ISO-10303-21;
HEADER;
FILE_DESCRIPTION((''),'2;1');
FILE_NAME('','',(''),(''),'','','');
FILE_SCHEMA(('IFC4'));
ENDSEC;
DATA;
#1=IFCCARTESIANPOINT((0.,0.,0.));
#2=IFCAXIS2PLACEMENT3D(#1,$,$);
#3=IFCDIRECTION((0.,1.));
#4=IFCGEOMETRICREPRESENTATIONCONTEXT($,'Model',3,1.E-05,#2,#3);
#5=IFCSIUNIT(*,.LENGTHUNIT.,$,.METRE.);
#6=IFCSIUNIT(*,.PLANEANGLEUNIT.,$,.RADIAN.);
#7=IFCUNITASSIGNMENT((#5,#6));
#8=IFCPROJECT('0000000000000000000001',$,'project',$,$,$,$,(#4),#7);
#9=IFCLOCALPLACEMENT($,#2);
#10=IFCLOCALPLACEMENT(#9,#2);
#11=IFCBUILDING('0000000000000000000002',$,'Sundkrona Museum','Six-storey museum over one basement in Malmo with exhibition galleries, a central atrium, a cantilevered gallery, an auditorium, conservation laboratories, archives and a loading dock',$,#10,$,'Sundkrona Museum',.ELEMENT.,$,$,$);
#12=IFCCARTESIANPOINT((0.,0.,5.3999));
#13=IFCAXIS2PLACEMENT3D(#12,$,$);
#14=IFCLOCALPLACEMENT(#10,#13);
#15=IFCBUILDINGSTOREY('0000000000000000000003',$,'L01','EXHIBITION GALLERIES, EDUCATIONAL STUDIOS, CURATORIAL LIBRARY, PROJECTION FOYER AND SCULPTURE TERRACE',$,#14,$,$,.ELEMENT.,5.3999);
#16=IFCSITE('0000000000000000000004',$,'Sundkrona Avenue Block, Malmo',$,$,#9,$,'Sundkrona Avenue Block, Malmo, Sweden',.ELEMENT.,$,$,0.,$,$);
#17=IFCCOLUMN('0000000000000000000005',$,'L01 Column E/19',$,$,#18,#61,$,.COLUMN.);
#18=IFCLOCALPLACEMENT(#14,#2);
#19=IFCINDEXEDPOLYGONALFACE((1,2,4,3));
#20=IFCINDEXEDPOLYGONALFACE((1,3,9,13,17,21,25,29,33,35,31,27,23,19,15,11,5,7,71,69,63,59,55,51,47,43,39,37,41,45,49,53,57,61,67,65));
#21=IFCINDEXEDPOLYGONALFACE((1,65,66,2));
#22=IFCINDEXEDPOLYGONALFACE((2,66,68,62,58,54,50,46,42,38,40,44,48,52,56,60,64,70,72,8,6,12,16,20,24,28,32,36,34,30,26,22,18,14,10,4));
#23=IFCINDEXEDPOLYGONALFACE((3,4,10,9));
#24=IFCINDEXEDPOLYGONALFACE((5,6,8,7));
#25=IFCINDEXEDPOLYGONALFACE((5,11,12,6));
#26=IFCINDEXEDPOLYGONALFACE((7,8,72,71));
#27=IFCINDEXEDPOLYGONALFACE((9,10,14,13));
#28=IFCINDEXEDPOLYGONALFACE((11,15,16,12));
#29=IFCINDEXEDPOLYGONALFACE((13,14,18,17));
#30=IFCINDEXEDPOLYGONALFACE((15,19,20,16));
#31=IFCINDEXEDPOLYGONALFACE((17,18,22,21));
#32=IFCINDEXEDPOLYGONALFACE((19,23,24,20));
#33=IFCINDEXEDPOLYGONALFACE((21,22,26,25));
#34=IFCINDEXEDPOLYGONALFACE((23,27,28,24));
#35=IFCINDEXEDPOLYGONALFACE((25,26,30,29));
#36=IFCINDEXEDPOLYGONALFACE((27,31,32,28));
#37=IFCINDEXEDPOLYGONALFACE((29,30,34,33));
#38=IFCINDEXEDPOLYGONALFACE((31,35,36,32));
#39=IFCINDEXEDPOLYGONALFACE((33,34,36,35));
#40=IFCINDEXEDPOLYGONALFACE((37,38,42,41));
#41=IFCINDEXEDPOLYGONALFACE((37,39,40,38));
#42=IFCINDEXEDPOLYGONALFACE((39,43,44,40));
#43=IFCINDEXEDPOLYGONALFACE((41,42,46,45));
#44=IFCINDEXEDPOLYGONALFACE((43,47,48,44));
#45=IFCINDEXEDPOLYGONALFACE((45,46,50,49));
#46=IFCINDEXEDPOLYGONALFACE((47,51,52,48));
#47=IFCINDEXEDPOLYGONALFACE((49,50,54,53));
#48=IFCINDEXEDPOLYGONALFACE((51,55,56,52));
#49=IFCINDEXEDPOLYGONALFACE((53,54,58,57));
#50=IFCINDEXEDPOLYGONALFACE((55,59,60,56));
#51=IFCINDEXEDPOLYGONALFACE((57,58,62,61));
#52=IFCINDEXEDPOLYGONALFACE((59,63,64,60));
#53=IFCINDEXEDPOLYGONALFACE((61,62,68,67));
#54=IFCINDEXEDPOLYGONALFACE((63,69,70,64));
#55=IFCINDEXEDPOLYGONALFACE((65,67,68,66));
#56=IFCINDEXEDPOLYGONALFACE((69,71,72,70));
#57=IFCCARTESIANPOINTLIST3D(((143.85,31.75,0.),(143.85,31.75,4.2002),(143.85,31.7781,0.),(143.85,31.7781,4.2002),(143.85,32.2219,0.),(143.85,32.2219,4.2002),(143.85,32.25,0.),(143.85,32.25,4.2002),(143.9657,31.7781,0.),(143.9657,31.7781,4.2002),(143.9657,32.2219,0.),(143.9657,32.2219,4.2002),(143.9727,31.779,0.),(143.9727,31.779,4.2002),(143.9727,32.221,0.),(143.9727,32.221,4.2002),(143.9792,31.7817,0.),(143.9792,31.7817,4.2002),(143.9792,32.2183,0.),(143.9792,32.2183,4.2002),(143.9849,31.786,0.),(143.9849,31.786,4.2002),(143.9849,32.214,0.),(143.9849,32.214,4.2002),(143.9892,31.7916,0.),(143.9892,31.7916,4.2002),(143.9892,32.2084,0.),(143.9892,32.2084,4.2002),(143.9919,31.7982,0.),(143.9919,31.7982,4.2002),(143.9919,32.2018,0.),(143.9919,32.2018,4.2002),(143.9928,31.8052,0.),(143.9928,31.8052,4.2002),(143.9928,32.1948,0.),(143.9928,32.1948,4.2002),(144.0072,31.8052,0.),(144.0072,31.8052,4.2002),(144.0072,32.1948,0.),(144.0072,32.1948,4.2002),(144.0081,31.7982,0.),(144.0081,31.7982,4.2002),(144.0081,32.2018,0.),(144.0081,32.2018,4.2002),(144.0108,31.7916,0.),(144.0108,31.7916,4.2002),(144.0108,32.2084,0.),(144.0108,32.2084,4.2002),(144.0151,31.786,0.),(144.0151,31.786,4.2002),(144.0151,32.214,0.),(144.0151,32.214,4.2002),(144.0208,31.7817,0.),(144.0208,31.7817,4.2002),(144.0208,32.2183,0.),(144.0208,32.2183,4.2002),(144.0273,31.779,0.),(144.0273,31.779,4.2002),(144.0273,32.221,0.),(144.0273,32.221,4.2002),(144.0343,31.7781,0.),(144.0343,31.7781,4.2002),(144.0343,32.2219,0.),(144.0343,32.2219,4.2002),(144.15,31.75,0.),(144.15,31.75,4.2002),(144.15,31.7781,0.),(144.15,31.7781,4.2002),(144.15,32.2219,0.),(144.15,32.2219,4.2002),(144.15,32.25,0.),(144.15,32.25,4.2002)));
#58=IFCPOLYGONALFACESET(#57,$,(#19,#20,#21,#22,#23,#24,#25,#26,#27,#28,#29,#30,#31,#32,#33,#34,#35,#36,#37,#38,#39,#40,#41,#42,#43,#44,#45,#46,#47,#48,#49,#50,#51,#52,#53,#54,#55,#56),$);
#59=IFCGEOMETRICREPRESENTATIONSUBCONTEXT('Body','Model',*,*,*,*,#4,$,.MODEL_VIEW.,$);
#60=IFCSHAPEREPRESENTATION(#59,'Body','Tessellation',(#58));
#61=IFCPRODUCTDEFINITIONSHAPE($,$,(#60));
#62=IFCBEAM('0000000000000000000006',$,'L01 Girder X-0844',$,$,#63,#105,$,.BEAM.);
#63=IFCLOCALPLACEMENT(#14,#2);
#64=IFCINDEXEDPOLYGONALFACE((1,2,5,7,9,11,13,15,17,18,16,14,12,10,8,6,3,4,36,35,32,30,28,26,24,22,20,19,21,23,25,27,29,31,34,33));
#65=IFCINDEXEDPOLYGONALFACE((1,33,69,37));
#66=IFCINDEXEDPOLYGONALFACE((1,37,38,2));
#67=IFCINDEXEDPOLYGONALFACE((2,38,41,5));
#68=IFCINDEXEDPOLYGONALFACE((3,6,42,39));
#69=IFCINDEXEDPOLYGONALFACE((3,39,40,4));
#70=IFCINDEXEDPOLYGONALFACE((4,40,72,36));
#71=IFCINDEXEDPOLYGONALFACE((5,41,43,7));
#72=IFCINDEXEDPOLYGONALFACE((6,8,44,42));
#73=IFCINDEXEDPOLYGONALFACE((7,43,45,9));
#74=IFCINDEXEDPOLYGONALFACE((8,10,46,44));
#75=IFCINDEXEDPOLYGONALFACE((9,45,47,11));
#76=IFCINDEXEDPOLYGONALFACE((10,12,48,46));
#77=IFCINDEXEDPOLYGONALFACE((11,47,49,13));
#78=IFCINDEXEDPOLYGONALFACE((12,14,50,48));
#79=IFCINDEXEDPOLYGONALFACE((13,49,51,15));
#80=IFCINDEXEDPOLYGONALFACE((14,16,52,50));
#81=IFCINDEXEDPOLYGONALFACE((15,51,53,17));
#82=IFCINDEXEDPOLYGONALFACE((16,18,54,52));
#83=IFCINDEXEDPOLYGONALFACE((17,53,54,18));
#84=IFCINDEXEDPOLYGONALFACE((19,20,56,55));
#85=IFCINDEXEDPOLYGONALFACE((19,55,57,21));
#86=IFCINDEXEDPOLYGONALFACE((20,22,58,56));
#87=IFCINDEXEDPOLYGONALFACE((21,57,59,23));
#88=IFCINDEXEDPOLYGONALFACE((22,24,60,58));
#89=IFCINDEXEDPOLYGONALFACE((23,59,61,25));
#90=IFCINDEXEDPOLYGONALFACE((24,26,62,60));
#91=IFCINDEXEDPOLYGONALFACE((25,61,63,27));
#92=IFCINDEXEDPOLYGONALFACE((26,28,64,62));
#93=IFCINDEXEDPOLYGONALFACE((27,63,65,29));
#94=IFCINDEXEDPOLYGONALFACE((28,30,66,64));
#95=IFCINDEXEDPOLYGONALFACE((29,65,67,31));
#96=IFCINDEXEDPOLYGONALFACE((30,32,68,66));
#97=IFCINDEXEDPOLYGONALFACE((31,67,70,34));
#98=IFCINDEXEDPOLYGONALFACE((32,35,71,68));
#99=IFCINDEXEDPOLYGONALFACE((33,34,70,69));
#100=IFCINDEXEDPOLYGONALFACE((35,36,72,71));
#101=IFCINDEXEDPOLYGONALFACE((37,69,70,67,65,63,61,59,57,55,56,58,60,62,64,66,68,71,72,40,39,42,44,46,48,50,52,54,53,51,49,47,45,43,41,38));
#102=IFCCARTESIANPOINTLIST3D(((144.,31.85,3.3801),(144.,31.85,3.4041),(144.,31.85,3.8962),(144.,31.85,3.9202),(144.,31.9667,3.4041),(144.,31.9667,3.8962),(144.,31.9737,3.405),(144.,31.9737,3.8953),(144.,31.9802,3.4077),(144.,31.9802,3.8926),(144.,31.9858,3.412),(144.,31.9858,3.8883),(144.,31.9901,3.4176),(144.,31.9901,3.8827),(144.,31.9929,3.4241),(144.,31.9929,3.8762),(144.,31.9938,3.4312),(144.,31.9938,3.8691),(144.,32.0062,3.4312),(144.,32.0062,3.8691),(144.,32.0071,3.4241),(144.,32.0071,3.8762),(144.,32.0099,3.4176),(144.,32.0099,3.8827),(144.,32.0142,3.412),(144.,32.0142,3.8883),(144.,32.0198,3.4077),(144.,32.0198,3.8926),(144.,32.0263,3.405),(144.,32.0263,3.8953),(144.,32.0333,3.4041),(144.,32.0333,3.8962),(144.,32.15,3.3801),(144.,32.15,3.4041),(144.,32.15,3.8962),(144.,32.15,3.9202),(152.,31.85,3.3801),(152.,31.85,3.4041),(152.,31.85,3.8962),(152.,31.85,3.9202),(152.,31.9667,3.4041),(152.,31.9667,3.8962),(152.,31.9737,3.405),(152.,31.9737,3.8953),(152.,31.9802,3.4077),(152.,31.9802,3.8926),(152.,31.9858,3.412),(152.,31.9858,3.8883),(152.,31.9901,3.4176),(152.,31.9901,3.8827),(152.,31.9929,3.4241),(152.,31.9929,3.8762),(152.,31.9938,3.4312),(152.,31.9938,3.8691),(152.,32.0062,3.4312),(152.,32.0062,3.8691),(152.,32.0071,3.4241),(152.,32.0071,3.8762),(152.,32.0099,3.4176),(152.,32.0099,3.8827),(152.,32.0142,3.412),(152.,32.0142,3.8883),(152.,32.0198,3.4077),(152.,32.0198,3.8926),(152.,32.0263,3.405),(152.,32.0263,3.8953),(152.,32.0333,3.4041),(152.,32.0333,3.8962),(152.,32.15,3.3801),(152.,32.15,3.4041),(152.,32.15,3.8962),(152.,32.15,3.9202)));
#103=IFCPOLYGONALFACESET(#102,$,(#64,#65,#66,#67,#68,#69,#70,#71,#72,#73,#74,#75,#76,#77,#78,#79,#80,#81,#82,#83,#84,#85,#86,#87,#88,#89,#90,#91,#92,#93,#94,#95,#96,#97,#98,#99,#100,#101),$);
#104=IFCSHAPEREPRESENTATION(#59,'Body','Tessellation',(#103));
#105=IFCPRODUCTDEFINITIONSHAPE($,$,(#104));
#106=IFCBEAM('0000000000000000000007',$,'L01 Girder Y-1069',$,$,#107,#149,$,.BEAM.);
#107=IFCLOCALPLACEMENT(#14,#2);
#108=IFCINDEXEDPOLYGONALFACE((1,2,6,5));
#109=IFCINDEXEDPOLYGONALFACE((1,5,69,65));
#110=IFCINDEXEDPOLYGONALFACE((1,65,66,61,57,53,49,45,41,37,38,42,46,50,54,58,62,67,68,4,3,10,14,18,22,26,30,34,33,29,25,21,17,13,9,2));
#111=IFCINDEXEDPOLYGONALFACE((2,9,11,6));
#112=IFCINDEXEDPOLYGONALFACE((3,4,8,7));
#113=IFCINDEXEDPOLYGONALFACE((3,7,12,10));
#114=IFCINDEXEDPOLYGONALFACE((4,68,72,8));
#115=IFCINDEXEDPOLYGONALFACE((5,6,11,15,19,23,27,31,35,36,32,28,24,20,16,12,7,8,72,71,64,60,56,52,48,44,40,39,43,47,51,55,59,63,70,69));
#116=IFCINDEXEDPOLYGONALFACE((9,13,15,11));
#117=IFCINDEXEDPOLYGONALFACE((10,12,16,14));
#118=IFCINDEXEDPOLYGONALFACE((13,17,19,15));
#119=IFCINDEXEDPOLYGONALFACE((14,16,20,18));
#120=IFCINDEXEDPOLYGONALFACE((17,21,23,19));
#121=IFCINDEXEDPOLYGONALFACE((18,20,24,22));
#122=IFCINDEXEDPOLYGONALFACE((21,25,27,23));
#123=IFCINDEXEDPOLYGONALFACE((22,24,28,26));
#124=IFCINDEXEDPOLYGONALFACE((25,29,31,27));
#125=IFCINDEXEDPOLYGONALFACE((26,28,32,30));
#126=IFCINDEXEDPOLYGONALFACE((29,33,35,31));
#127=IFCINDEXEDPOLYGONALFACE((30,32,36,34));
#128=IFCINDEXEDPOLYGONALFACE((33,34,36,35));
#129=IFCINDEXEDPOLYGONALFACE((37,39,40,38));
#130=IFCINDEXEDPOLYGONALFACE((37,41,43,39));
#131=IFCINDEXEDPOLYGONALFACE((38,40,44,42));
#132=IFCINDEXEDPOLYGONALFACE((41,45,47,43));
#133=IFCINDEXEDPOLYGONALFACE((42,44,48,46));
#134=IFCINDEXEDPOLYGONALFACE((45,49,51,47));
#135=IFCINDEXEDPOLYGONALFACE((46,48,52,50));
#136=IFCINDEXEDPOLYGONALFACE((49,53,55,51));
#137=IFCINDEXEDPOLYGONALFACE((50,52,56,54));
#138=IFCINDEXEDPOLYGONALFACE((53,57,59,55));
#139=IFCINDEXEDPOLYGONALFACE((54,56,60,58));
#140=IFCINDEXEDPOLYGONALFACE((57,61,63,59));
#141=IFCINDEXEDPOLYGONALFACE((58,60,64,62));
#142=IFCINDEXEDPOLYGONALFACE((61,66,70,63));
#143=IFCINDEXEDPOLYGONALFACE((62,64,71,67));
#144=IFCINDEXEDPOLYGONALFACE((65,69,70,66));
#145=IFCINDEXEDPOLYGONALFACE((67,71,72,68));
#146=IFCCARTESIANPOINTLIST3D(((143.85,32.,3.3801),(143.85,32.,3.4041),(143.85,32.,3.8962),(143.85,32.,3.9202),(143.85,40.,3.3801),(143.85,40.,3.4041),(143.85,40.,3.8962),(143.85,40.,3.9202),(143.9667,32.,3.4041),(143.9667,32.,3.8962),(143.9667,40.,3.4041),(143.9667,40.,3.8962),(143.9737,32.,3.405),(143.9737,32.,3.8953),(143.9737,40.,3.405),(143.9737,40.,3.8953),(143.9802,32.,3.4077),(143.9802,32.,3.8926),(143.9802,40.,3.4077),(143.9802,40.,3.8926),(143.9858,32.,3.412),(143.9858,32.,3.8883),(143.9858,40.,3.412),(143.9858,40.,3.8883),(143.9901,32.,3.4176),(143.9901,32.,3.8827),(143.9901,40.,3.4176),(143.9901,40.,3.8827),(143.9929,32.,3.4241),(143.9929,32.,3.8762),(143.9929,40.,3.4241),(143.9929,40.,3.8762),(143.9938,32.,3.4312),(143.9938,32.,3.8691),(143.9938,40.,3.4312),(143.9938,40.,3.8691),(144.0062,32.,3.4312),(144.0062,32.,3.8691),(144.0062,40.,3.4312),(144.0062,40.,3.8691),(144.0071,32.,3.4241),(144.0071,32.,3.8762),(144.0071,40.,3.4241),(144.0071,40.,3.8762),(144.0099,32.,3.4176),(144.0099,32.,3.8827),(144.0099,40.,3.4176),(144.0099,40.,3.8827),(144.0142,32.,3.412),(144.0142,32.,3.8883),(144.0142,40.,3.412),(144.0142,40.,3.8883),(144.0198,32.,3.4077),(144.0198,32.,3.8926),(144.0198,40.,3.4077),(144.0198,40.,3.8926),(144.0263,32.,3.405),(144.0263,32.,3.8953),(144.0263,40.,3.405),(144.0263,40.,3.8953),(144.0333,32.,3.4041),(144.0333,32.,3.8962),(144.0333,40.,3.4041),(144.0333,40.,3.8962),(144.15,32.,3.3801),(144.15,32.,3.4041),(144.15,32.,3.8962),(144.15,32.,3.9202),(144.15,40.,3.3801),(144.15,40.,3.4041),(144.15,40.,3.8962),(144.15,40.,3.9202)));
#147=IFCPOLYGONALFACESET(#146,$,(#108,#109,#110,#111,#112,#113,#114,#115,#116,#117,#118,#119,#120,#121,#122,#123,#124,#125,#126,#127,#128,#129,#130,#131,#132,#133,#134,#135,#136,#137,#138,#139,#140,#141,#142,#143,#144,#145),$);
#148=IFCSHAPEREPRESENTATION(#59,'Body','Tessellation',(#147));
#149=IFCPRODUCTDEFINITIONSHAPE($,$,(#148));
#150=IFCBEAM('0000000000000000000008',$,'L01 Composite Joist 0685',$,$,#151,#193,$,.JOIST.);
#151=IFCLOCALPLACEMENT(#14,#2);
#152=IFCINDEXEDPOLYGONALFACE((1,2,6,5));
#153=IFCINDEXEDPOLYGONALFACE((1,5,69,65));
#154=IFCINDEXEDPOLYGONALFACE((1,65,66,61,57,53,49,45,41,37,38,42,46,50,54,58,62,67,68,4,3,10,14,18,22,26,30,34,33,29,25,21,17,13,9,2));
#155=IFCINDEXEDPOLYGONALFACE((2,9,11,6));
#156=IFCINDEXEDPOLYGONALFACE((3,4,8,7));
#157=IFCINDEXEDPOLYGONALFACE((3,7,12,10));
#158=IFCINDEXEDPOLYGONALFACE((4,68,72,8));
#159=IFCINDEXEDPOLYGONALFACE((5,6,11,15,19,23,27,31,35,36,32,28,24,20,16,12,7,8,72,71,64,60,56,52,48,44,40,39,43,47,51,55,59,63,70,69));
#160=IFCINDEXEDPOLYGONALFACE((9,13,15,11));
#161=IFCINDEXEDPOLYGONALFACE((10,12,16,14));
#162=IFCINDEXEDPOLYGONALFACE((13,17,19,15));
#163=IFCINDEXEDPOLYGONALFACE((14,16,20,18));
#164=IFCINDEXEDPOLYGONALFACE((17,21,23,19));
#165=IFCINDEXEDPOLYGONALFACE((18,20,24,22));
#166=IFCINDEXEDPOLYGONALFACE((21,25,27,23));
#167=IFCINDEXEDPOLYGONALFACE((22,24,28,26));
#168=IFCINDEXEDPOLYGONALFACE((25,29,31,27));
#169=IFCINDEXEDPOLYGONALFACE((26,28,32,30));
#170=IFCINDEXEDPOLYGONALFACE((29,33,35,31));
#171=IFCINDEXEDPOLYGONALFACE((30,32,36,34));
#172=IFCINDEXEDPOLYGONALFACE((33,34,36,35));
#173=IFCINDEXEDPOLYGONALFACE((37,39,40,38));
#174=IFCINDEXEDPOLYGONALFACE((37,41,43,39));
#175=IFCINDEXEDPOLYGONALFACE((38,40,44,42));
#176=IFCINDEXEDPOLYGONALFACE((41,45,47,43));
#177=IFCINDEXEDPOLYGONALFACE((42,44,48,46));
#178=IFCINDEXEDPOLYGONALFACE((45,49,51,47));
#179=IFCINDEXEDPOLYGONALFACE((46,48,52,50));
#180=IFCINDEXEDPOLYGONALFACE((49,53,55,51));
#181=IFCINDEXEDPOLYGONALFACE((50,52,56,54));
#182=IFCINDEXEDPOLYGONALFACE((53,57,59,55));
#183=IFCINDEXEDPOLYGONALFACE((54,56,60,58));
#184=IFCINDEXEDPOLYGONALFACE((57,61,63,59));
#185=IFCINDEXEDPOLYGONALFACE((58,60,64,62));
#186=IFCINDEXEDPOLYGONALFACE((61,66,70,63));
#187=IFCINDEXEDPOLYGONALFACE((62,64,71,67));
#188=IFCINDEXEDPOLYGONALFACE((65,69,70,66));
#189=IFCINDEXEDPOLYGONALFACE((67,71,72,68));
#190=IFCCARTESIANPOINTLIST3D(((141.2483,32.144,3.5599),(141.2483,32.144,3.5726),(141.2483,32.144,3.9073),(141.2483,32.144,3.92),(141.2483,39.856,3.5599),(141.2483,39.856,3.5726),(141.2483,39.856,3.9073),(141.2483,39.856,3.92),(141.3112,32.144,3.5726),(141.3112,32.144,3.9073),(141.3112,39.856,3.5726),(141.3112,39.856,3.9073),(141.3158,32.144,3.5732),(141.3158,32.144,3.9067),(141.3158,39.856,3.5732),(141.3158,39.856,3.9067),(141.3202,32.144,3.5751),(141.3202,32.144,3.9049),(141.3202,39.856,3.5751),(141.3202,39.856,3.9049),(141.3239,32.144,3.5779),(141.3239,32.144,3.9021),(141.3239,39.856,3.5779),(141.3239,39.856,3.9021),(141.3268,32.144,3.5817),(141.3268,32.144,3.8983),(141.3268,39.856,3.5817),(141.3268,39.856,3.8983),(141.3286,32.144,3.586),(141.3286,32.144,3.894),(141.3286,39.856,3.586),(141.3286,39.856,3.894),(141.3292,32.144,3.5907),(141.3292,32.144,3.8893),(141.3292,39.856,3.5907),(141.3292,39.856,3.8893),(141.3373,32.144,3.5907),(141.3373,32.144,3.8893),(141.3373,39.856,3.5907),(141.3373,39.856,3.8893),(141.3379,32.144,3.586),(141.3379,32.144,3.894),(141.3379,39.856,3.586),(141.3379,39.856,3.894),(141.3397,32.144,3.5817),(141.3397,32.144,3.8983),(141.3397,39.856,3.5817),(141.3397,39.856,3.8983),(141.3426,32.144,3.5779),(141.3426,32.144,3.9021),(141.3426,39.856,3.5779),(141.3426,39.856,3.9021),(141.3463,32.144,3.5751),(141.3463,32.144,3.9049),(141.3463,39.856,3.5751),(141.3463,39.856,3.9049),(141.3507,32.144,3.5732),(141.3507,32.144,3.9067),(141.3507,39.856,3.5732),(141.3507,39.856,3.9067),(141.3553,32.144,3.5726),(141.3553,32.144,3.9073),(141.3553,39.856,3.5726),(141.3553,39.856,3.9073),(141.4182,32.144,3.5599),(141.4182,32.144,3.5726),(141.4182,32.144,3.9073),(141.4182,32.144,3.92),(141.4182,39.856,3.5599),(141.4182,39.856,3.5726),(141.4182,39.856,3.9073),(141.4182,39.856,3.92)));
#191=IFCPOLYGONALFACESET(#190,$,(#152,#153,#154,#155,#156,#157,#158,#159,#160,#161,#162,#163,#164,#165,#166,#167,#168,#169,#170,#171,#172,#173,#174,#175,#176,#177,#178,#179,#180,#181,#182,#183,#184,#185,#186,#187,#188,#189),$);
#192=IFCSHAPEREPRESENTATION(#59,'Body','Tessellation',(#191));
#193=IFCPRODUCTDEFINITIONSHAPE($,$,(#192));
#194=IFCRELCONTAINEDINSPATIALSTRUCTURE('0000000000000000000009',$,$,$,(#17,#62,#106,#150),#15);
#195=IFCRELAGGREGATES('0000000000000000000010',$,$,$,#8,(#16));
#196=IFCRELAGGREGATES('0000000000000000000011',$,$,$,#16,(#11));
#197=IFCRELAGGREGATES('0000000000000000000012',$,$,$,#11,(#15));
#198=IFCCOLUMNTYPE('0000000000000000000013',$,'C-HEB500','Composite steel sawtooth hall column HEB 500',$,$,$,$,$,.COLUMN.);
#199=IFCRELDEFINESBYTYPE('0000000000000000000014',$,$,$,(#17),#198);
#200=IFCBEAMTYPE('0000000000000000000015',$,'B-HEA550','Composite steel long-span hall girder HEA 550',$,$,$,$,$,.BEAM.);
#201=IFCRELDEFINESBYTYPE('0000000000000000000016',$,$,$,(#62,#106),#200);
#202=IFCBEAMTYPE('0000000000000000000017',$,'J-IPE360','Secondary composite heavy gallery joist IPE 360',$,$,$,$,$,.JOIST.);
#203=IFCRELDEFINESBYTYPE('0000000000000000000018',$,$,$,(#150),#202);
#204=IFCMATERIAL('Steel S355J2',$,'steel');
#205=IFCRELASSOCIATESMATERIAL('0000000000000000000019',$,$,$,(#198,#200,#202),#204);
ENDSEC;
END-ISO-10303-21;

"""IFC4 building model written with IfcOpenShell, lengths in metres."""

from ifc_helpers import new_model, si_unit, direction, frame, origin, origin_2d, place, context, subcontext, project, spatial, i_section, extrude, material, material_profile, profile_set, type_object, element, save


model = new_model("IFC4")

# Units and contexts
model_context = context("Model", 3, precision=1e-05, world=origin(), true_north=direction((0.0, 1.0)))
body_context = subcontext(model_context, "Body", "Model", "MODEL_VIEW")
ifc_project = project(units=[si_unit("LENGTHUNIT", "METRE"), si_unit("PLANEANGLEUNIT", "RADIAN")], contexts=[model_context])

# Site, building, storey
site_placement = place(None, origin())
site = spatial("IfcSite", under=ifc_project, at=site_placement, Name="Sundkrona Avenue Block, Malmo", LongName="Sundkrona Avenue Block, Malmo, Sweden", CompositionType="ELEMENT", RefElevation=0.0)
building_placement = place(site_placement, origin())
building = spatial("IfcBuilding", under=site, at=building_placement, Name="Sundkrona Museum", Description="Six-storey museum over one basement in Malmo with exhibition galleries, a central atrium, a cantilevered gallery, an auditorium, conservation laboratories, archives and a loading dock", LongName="Sundkrona Museum", CompositionType="ELEMENT")
storey_placement = place(building_placement, frame((0.0, 0.0, 5.3999)))
storey = spatial("IfcBuildingStorey", under=building, at=storey_placement, Name="L01", Description="EXHIBITION GALLERIES, EDUCATIONAL STUDIOS, CURATORIAL LIBRARY, PROJECTION FOYER AND SCULPTURE TERRACE", CompositionType="ELEMENT", Elevation=5.3999)

# Column
ifc_material_1 = material(Name="Steel S355J2", Category="steel")
ifc_material_profile_1 = material_profile(ifc_material_1, i_section(OverallWidth=0.3, OverallDepth=0.5, WebThickness=0.0144, FlangeThickness=0.0281, FilletRadius=0.0271, at=origin_2d()), Name="HEB 500")
ifc_profile_set_1 = profile_set([ifc_material_profile_1], Name="Steel S355J2")
column_type = type_object("IfcColumnType", Name="C-HEB500", Description="Composite steel sawtooth hall column HEB 500", PredefinedType="COLUMN", material=ifc_profile_set_1)
column_placement = place(storey_placement, frame((144.0, 32.0, 0.0), z_axis=(0.0, 0.0, 1.0), x_axis=(1.0, 0.0, 0.0)))
element("IfcColumn", 1, at=column_placement, inside=storey, type_object=column_type, Name="L01 Column E/19", PredefinedType="COLUMN", context=body_context, shape_type="SweptSolid", body=[
    extrude(i_section(OverallWidth=0.3, OverallDepth=0.5, WebThickness=0.0144, FlangeThickness=0.0281, FilletRadius=0.0271, at=origin_2d()), origin(), (0.0, 0.0, 1.0), 4.2002),
])

# Beams
ifc_material_profile_2 = material_profile(ifc_material_1, i_section(OverallWidth=0.3, OverallDepth=0.54, WebThickness=0.0125, FlangeThickness=0.0239, FilletRadius=0.0271, at=origin_2d()), Name="HEA 550")
ifc_profile_set_2 = profile_set([ifc_material_profile_2], Name="Steel S355J2")
beam_type_1 = type_object("IfcBeamType", Name="B-HEA550", Description="Composite steel long-span hall girder HEA 550", PredefinedType="BEAM", material=ifc_profile_set_2)
for number, where, z_axis, x_axis, name in (
    (2, (144.0, 32.0, 3.6501), (1.0, 0.0, 0.0), (0.0, 1.0, 0.0), "L01 Girder X-0844"),
    (3, (144.0, 32.0, 3.6501), (0.0, 1.0, 0.0), (-1.0, 0.0, 0.0), "L01 Girder Y-1069"),
):
    element("IfcBeam", number, at=place(storey_placement, frame(where, z_axis=z_axis, x_axis=x_axis)), inside=storey, type_object=beam_type_1, Name=name, PredefinedType="BEAM", context=body_context, shape_type="SweptSolid", body=[
        extrude(i_section(OverallWidth=0.3, OverallDepth=0.54, WebThickness=0.0125, FlangeThickness=0.0239, FilletRadius=0.0271, at=origin_2d()), origin(), (0.0, 0.0, 1.0), 8.0),
    ])
ifc_material_profile_3 = material_profile(ifc_material_1, i_section(OverallWidth=0.1699, OverallDepth=0.3601, WebThickness=0.0081, FlangeThickness=0.0127, FilletRadius=0.0181, at=origin_2d()), Name="IPE 360")
ifc_profile_set_3 = profile_set([ifc_material_profile_3], Name="Steel S355J2")
beam_type_2 = type_object("IfcBeamType", Name="J-IPE360", Description="Secondary composite heavy gallery joist IPE 360", PredefinedType="JOIST", material=ifc_profile_set_3)
beam_placement = place(storey_placement, frame((141.3333, 32.144, 3.74), z_axis=(0.0, 1.0, 0.0), x_axis=(-1.0, 0.0, 0.0)))
element("IfcBeam", 4, at=beam_placement, inside=storey, type_object=beam_type_2, Name="L01 Composite Joist 0685", PredefinedType="JOIST", context=body_context, shape_type="SweptSolid", body=[
    extrude(i_section(OverallWidth=0.1699, OverallDepth=0.3601, WebThickness=0.0081, FlangeThickness=0.0127, FilletRadius=0.0181, at=origin_2d()), origin(), (0.0, 0.0, 1.0), 7.7119),
])

save(model, "model.ifc")
